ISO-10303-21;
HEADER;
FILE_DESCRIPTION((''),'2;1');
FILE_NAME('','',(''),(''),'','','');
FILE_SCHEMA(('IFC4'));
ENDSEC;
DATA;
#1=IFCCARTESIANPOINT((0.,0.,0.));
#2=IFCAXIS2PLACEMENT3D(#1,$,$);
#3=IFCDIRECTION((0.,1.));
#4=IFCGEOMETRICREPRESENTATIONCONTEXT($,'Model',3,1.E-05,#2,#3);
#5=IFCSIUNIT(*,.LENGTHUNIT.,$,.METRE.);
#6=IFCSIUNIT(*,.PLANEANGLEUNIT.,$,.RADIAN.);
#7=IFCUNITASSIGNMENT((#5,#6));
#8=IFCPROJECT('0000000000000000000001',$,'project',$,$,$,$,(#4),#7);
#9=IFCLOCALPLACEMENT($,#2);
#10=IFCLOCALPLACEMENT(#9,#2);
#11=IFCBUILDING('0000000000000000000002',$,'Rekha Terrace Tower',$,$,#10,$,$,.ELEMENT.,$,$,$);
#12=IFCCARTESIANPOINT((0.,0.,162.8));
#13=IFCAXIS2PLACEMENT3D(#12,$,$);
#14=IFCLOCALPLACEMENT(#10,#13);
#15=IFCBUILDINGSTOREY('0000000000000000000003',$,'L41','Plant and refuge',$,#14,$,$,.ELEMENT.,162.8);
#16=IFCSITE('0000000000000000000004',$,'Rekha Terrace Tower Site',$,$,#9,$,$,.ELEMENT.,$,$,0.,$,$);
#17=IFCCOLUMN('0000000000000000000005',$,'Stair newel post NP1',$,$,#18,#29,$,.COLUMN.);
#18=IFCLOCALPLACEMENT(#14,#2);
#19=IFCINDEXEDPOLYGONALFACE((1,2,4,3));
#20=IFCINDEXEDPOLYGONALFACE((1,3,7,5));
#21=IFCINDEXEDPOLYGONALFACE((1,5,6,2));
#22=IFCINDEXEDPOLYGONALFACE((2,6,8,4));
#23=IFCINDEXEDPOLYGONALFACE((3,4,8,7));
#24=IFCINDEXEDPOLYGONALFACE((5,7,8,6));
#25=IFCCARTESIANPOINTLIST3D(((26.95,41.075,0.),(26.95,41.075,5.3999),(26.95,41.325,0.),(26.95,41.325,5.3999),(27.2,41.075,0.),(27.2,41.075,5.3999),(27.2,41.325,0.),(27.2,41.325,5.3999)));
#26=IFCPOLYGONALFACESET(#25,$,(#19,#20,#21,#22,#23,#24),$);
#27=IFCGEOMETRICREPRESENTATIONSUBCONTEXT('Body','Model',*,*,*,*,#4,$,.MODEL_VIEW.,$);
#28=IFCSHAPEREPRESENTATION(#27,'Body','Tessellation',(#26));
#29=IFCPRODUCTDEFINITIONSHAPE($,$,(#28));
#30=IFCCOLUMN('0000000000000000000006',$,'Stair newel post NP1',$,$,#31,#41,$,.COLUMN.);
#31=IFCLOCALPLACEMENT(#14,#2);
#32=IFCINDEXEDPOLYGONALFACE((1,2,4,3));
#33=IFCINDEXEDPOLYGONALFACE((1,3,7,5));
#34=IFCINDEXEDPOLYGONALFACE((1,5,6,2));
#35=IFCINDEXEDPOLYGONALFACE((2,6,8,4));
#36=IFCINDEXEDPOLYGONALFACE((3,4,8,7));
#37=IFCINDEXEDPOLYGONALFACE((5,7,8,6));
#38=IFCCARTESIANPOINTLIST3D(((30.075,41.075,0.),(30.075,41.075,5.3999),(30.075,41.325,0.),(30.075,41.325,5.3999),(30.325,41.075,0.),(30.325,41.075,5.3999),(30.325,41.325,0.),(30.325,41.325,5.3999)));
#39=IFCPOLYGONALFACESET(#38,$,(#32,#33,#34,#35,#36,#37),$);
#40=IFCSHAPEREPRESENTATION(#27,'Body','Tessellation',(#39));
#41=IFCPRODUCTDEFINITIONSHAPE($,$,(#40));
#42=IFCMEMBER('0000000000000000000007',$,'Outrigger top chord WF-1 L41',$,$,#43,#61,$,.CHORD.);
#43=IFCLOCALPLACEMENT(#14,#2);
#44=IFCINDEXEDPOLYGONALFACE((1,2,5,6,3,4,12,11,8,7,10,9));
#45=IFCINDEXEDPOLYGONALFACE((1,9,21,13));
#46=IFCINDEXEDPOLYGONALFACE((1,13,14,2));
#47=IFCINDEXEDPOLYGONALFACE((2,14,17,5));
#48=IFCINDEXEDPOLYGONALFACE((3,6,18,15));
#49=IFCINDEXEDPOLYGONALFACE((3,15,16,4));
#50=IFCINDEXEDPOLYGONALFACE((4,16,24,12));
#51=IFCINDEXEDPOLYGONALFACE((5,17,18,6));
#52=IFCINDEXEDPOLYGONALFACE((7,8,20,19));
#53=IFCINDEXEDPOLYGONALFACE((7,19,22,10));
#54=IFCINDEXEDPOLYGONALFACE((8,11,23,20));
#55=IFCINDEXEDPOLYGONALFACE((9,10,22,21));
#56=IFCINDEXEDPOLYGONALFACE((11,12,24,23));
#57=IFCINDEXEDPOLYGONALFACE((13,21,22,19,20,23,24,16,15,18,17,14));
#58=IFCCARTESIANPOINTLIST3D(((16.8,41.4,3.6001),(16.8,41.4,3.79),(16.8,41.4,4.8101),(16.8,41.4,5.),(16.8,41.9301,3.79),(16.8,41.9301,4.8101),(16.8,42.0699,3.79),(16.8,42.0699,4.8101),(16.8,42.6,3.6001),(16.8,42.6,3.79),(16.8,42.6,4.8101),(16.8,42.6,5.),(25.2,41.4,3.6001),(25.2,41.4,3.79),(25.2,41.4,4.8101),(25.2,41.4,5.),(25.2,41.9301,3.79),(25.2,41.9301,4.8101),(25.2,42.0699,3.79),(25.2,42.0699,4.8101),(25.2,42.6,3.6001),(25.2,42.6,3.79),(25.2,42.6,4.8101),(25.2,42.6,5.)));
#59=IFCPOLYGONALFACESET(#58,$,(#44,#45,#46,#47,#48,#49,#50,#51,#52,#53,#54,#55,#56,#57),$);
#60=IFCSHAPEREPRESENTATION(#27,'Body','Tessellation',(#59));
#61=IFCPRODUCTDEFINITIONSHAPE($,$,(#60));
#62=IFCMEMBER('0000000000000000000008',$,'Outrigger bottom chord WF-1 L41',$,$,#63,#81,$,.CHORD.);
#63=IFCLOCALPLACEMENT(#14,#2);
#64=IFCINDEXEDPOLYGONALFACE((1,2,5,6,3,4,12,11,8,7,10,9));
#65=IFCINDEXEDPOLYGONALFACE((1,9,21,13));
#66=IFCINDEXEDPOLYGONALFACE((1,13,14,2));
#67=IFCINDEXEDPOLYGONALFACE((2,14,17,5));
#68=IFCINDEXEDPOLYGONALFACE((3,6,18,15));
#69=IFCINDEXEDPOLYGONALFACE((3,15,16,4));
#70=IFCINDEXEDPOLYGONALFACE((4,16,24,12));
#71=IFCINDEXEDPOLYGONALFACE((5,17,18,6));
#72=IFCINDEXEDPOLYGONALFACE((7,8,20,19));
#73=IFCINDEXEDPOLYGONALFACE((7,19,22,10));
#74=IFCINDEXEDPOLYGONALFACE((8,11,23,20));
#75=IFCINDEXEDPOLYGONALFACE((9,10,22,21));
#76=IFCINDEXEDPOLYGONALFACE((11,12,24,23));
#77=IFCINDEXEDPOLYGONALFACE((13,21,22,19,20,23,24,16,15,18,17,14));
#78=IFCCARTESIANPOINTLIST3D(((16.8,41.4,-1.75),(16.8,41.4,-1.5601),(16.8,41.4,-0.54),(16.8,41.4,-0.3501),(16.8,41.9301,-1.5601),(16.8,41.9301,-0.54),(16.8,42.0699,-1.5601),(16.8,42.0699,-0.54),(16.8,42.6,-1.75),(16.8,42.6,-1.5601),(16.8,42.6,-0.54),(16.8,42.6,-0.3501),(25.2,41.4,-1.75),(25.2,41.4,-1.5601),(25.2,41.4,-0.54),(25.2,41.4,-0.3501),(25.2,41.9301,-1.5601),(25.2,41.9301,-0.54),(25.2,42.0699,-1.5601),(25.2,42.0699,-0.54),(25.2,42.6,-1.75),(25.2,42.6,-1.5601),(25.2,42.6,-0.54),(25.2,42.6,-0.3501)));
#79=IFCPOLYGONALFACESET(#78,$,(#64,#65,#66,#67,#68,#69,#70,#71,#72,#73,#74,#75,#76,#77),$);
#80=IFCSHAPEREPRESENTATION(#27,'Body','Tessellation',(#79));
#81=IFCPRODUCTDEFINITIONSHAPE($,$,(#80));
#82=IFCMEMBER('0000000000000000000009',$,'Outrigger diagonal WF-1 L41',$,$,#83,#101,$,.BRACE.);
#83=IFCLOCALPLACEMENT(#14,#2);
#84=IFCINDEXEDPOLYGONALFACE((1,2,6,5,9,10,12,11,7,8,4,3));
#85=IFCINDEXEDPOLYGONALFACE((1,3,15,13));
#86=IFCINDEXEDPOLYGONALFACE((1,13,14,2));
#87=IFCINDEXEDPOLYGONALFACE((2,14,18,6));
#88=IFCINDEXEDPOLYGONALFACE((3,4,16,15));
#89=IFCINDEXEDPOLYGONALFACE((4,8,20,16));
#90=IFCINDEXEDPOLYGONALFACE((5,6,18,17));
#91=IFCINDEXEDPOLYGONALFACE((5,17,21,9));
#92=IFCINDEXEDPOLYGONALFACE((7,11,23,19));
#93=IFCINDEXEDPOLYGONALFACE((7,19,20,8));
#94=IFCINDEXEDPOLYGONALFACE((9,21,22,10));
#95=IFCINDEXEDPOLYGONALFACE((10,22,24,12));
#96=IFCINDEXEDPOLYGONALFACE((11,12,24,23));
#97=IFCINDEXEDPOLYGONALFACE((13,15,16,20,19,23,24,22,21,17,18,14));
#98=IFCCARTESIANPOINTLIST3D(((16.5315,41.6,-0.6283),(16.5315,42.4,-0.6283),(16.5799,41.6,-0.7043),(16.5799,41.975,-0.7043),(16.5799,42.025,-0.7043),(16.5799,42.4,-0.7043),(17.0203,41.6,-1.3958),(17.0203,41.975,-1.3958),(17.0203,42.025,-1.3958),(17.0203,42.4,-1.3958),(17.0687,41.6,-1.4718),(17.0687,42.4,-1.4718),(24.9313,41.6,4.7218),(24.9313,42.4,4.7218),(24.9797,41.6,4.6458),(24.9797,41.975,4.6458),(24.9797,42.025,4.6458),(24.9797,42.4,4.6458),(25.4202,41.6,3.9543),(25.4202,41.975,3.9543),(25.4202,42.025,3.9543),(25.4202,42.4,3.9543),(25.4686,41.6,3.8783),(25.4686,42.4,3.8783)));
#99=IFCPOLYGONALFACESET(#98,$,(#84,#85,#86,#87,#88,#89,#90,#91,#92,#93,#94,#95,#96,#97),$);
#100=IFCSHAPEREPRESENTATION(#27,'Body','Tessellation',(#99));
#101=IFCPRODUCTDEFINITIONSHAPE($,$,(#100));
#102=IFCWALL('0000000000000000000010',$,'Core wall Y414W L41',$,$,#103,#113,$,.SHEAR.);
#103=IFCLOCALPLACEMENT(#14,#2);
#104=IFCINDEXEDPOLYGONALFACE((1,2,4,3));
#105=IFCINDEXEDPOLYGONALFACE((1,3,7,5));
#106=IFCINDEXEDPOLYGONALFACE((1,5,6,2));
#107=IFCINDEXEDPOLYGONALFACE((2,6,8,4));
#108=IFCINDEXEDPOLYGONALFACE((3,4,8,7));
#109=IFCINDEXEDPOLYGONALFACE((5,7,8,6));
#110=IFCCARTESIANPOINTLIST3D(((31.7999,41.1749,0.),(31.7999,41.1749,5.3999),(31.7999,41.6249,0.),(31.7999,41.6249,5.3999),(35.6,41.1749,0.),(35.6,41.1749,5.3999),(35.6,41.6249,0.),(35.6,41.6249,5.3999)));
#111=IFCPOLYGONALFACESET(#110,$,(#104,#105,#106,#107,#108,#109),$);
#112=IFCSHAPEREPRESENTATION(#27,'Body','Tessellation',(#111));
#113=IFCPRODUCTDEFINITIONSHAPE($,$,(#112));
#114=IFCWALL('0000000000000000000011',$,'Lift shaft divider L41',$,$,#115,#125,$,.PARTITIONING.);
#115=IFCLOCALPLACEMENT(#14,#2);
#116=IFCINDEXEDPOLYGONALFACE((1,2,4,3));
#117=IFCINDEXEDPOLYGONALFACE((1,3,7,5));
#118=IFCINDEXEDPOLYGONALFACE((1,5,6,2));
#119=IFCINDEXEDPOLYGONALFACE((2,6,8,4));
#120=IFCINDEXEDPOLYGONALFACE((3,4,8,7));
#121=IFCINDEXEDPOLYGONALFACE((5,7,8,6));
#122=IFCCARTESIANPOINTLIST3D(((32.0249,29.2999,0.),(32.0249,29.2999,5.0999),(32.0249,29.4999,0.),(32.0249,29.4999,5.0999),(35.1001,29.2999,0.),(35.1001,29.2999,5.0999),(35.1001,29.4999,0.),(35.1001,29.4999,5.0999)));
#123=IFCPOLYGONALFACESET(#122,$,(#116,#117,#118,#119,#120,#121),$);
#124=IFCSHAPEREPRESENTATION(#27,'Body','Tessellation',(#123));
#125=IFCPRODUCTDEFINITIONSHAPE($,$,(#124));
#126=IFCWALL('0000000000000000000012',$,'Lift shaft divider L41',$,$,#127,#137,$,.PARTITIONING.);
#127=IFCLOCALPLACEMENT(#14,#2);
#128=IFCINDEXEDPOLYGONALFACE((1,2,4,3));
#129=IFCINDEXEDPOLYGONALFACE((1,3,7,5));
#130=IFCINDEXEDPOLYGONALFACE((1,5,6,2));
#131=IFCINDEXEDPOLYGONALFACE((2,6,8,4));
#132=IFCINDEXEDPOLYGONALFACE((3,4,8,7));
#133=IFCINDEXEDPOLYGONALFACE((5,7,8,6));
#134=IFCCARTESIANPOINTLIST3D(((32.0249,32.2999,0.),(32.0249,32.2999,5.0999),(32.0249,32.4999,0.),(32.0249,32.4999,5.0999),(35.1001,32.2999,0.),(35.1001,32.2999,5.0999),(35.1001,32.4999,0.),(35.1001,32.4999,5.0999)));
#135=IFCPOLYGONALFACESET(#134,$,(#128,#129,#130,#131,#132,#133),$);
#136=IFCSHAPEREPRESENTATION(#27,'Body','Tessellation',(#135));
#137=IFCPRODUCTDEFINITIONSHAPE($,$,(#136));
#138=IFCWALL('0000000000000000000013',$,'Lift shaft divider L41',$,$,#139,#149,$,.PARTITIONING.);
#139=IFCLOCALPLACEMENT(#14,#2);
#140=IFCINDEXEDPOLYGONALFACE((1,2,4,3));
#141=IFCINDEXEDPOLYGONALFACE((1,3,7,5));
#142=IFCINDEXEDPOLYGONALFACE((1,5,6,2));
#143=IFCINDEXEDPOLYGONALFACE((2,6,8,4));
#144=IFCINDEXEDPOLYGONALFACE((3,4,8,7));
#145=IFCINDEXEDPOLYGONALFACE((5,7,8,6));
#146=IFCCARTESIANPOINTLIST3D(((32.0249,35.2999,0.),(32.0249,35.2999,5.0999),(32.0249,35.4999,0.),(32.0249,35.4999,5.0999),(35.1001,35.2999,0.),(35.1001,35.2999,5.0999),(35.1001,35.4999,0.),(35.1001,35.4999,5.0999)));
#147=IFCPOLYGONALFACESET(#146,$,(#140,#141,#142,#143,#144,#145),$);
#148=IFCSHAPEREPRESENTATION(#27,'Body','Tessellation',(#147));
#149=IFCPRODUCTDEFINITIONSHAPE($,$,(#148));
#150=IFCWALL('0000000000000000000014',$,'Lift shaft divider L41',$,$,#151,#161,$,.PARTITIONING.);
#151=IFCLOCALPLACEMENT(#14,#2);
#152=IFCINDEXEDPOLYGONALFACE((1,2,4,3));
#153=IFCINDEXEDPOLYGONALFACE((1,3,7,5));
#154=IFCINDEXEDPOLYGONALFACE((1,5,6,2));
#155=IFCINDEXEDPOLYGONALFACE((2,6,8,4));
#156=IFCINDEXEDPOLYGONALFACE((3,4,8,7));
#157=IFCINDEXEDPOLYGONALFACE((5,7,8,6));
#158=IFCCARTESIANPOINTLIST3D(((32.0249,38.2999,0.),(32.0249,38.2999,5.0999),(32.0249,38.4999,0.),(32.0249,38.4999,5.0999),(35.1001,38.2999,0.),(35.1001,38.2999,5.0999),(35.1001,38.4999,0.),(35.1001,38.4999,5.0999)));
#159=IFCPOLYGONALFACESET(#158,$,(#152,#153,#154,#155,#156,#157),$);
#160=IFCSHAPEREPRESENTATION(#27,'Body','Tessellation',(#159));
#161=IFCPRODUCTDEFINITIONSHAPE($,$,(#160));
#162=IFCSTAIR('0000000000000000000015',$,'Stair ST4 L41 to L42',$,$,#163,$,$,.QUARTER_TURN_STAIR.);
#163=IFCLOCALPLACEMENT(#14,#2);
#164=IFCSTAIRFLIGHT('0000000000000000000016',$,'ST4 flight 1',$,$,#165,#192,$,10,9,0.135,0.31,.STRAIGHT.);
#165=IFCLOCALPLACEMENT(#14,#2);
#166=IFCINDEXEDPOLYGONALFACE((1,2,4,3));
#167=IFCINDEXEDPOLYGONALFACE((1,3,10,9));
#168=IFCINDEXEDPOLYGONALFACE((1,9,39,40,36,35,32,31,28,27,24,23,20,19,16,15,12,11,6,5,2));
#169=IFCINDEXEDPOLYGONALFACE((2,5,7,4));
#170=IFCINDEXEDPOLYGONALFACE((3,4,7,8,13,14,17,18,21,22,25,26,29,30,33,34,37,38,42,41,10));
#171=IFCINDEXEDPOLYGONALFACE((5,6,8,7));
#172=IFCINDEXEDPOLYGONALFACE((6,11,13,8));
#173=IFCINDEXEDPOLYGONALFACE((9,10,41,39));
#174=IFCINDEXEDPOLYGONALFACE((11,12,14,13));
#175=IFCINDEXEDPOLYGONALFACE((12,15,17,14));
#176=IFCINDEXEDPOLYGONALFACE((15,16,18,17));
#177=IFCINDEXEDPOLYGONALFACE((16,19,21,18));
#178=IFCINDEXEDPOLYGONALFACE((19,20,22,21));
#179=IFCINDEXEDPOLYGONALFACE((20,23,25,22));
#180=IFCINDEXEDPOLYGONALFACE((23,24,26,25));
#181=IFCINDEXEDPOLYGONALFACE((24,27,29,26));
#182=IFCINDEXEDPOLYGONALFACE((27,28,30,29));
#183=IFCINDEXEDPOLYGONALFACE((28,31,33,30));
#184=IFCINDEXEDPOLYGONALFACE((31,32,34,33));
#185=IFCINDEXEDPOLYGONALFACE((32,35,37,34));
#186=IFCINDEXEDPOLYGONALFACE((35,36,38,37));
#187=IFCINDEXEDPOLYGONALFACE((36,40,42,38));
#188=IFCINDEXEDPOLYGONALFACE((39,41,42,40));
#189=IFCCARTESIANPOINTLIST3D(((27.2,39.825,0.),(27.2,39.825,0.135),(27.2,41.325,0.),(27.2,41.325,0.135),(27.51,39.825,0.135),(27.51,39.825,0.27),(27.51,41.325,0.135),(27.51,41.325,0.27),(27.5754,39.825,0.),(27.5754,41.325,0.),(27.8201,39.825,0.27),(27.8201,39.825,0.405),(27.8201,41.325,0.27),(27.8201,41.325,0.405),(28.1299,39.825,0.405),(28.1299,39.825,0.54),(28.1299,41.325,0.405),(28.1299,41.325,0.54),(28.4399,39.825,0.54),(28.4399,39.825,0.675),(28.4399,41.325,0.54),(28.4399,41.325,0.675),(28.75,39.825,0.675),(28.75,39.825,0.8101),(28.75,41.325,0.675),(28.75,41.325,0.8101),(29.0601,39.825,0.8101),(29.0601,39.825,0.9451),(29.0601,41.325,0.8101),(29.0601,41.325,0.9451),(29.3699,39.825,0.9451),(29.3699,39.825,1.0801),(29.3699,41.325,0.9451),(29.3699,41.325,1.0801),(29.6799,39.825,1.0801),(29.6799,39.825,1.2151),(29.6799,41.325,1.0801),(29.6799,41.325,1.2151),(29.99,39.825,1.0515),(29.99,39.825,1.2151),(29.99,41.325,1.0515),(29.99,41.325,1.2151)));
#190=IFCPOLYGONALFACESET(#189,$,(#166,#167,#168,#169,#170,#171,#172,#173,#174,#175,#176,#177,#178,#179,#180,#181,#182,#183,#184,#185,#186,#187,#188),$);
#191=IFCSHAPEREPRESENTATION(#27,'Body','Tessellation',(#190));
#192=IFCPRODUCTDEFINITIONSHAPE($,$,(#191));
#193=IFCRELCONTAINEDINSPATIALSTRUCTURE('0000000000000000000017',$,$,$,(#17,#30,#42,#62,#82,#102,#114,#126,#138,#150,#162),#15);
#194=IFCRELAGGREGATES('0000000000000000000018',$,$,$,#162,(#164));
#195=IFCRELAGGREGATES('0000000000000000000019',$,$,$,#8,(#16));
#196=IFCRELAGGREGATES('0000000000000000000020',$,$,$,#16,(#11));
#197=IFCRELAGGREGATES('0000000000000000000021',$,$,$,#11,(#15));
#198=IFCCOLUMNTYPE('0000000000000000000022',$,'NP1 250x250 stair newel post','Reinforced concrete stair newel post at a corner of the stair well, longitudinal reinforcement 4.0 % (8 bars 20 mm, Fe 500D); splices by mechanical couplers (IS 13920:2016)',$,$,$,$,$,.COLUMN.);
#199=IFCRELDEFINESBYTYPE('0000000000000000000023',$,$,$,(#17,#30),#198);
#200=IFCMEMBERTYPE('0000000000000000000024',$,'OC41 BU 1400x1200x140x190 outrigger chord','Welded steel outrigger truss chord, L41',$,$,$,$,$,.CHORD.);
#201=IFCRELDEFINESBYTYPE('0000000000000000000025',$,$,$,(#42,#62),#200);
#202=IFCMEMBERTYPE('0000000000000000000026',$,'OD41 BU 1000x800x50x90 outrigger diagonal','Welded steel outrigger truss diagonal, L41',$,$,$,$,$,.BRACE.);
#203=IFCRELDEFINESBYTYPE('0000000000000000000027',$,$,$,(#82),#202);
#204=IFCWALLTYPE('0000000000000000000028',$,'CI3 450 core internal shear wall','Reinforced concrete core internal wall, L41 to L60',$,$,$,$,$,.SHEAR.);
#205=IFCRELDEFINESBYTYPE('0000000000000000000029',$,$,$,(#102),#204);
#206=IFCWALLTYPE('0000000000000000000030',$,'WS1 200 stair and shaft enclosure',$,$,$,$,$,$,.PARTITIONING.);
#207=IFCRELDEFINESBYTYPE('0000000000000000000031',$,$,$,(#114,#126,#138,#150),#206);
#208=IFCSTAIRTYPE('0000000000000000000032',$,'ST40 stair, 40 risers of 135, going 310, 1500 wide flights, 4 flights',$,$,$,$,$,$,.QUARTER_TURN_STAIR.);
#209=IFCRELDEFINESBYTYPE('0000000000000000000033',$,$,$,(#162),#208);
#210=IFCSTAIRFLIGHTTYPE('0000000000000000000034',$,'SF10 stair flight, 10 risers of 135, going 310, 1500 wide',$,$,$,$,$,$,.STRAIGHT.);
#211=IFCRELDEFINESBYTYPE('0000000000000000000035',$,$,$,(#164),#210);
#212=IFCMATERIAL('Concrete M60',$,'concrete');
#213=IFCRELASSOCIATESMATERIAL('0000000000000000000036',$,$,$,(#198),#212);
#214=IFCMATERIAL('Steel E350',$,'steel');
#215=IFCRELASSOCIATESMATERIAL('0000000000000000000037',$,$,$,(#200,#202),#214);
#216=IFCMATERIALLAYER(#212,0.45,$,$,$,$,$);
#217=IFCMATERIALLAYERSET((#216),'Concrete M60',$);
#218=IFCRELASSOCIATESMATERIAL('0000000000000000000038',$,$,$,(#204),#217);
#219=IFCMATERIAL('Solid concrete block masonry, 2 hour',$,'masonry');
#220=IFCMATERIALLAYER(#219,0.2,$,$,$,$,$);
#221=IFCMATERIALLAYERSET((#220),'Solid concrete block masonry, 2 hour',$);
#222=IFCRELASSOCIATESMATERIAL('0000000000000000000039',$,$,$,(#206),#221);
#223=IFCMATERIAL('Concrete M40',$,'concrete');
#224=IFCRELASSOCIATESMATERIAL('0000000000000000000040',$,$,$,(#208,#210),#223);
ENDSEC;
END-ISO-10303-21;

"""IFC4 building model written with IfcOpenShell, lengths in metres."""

from ifc_helpers import new_model, si_unit, direction, frame, frame_2d, origin, origin_2d, place, context, subcontext, project, spatial, polyline, rectangle, i_section, outline, extrude, material, layer, layer_set, material_profile, profile_set, type_object, element, aggregate, save


model = new_model("IFC4")

# Units and contexts
model_context = context("Model", 3, precision=1e-05, world=origin(), true_north=direction((0.0, 1.0)))
body_context = subcontext(model_context, "Body", "Model", "MODEL_VIEW")
ifc_project = project(units=[si_unit("LENGTHUNIT", "METRE"), si_unit("PLANEANGLEUNIT", "RADIAN")], contexts=[model_context])

# Site, building, storey
site_placement = place(None, origin())
site = spatial("IfcSite", under=ifc_project, at=site_placement, Name="Rekha Terrace Tower Site", CompositionType="ELEMENT", RefElevation=0.0)
building_placement = place(site_placement, origin())
building = spatial("IfcBuilding", under=site, at=building_placement, Name="Rekha Terrace Tower", CompositionType="ELEMENT")
storey_placement = place(building_placement, frame((0.0, 0.0, 162.8)))
storey = spatial("IfcBuildingStorey", under=building, at=storey_placement, Name="L41", Description="Plant and refuge", CompositionType="ELEMENT", Elevation=162.8)

# Columns
ifc_material_1 = material(Name="Concrete M60", Category="concrete")
ifc_material_profile_1 = material_profile(ifc_material_1, rectangle(XDim=0.25, YDim=0.25, at=origin_2d()), Name="RC 250x250")
ifc_profile_set_1 = profile_set([ifc_material_profile_1], Name="Concrete M60")
column_type = type_object("IfcColumnType", Name="NP1 250x250 stair newel post", Description="Reinforced concrete stair newel post at a corner of the stair well, longitudinal reinforcement 4.0 % (8 bars 20 mm, Fe 500D); splices by mechanical couplers (IS 13920:2016)", PredefinedType="COLUMN", material=ifc_profile_set_1)
for number, where, z_axis, x_axis, name in (
    (1, (27.075, 41.2, 0.0), (0.0, 0.0, 1.0), (1.0, 0.0, 0.0), "Stair newel post NP1"),
    (2, (30.2, 41.2, 0.0), (0.0, 0.0, 1.0), (1.0, 0.0, 0.0), "Stair newel post NP1"),
):
    element("IfcColumn", number, at=place(storey_placement, frame(where, z_axis=z_axis, x_axis=x_axis)), inside=storey, type_object=column_type, Name=name, PredefinedType="COLUMN", context=body_context, shape_type="SweptSolid", body=[
        extrude(rectangle(XDim=0.25, YDim=0.25, at=origin_2d()), origin(), (0.0, 0.0, 1.0), 5.3999),
    ])

# Members
ifc_material_2 = material(Name="Steel E350", Category="steel")
ifc_material_profile_2 = material_profile(ifc_material_2, i_section(OverallWidth=1.2, OverallDepth=1.3999, WebThickness=0.1399, FlangeThickness=0.1899, at=origin_2d()), Name="BU 1400x1200x140x190")
ifc_profile_set_2 = profile_set([ifc_material_profile_2], Name="Steel E350")
member_type_1 = type_object("IfcMemberType", Name="OC41 BU 1400x1200x140x190 outrigger chord", Description="Welded steel outrigger truss chord, L41", PredefinedType="CHORD", material=ifc_profile_set_2)
for number, where, z_axis, x_axis, name in (
    (3, (25.2, 42.0, 4.3), (-1.0, 0.0, 0.0), (0.0, -1.0, 0.0), "Outrigger top chord WF-1 L41"),
    (4, (25.2, 42.0, -1.05), (-1.0, 0.0, 0.0), (0.0, -1.0, 0.0), "Outrigger bottom chord WF-1 L41"),
):
    element("IfcMember", number, at=place(storey_placement, frame(where, z_axis=z_axis, x_axis=x_axis)), inside=storey, type_object=member_type_1, Name=name, PredefinedType="CHORD", context=body_context, shape_type="SweptSolid", body=[
        extrude(i_section(OverallWidth=1.2, OverallDepth=1.3999, WebThickness=0.1399, FlangeThickness=0.1899, at=origin_2d()), origin(), (0.0, 0.0, 1.0), 8.3999),
    ])
ifc_material_profile_3 = material_profile(ifc_material_2, i_section(OverallWidth=0.8, OverallDepth=1.0, WebThickness=0.05, FlangeThickness=0.0901, at=origin_2d()), Name="BU 1000x800x50x90")
ifc_profile_set_3 = profile_set([ifc_material_profile_3], Name="Steel E350")
member_type_2 = type_object("IfcMemberType", Name="OD41 BU 1000x800x50x90 outrigger diagonal", Description="Welded steel outrigger truss diagonal, L41", PredefinedType="BRACE", material=ifc_profile_set_3)
member_placement = place(storey_placement, frame((25.2, 42.0, 4.3), z_axis=(-0.843447, 0.0, -0.537212), x_axis=(0.0, -1.0, 0.0)))
element("IfcMember", 5, at=member_placement, inside=storey, type_object=member_type_2, Name="Outrigger diagonal WF-1 L41", PredefinedType="BRACE", context=body_context, shape_type="SweptSolid", body=[
    extrude(i_section(OverallWidth=0.8, OverallDepth=1.0, WebThickness=0.05, FlangeThickness=0.0901, at=origin_2d()), origin(), (0.0, 0.0, 1.0), 9.959),
])

# Walls
ifc_layer_1 = layer(ifc_material_1, 0.45)
ifc_layer_set_1 = layer_set([ifc_layer_1], Name="Concrete M60")
wall_type_1 = type_object("IfcWallType", Name="CI3 450 core internal shear wall", Description="Reinforced concrete core internal wall, L41 to L60", PredefinedType="SHEAR", material=ifc_layer_set_1)
wall_placement = place(storey_placement, frame((31.8, 41.3999, 0.0), z_axis=(0.0, 0.0, 1.0), x_axis=(1.0, 0.0, 0.0)))
element("IfcWall", 6, at=wall_placement, inside=storey, type_object=wall_type_1, Name="Core wall Y414W L41", PredefinedType="SHEAR", context=body_context, shape_type="SweptSolid", body=[
    extrude(rectangle(XDim=3.8, YDim=0.45, at=frame_2d((1.8999, 0.0))), origin(), (0.0, 0.0, 1.0), 5.3999),
])
ifc_material_3 = material(Name="Solid concrete block masonry, 2 hour", Category="masonry")
ifc_layer_2 = layer(ifc_material_3, 0.2)
ifc_layer_set_2 = layer_set([ifc_layer_2], Name="Solid concrete block masonry, 2 hour")
wall_type_2 = type_object("IfcWallType", Name="WS1 200 stair and shaft enclosure", PredefinedType="PARTITIONING", material=ifc_layer_set_2)
for number, where, z_axis, x_axis, name in (
    (7, (32.0249, 29.3999, 0.0), (0.0, 0.0, 1.0), (1.0, 0.0, 0.0), "Lift shaft divider L41"),
    (8, (32.0249, 32.3999, 0.0), (0.0, 0.0, 1.0), (1.0, 0.0, 0.0), "Lift shaft divider L41"),
    (9, (32.0249, 35.3999, 0.0), (0.0, 0.0, 1.0), (1.0, 0.0, 0.0), "Lift shaft divider L41"),
    (10, (32.0249, 38.3999, 0.0), (0.0, 0.0, 1.0), (1.0, 0.0, 0.0), "Lift shaft divider L41"),
):
    element("IfcWall", number, at=place(storey_placement, frame(where, z_axis=z_axis, x_axis=x_axis)), inside=storey, type_object=wall_type_2, Name=name, PredefinedType="PARTITIONING", context=body_context, shape_type="SweptSolid", body=[
        extrude(rectangle(XDim=3.0752, YDim=0.2, at=frame_2d((1.5376, 0.0))), origin(), (0.0, 0.0, 1.0), 5.0999),
    ])

# Stair, stair flight
ifc_material_4 = material(Name="Concrete M40", Category="concrete")
stair_type = type_object("IfcStairType", Name="ST40 stair, 40 risers of 135, going 310, 1500 wide flights, 4 flights", PredefinedType="QUARTER_TURN_STAIR", material=ifc_material_4)
stair_placement = place(storey_placement, origin())
stair = element("IfcStair", 11, at=stair_placement, inside=storey, type_object=stair_type, Name="Stair ST4 L41 to L42", PredefinedType="QUARTER_TURN_STAIR")
stair_flight_type = type_object("IfcStairFlightType", Name="SF10 stair flight, 10 risers of 135, going 310, 1500 wide", PredefinedType="STRAIGHT", material=ifc_material_4)
stair_flight_1_placement = place(storey_placement, frame((27.2, 40.575, 0.0), z_axis=(0.0, 0.0, 1.0), x_axis=(1.0, 0.0, 0.0)))
stair_flight_1 = element("IfcStairFlight", 12, at=stair_flight_1_placement, type_object=stair_flight_type, Name="ST4 flight 1", NumberOfRisers=10, NumberOfTreads=9, PredefinedType="STRAIGHT", RiserHeight=0.135, TreadLength=0.31, context=body_context, shape_type="SweptSolid", body=[
    extrude(outline(polyline([(0.0, 0.0), (0.0, 0.135), (0.3101, 0.135), (0.3101, 0.27), (0.6201, 0.27), (0.6201, 0.405), (0.9299, 0.405), (0.9299, 0.54), (1.24, 0.54), (1.24, 0.675), (1.55, 0.675), (1.55, 0.8101), (1.8601, 0.8101), (1.8601, 0.9451), (2.1699, 0.9451), (2.1699, 1.0801), (2.48, 1.0801), (2.48, 1.2151), (2.79, 1.2151), (2.79, 1.3501), (2.79, 1.0515), (0.3755, 0.0), (0.0, 0.0)])), frame((0.0, 0.75, 0.0), z_axis=(0.0, -1.0, 0.0), x_axis=(1.0, 0.0, 0.0)), (0.0, 0.0, 1.0), 1.5),
])
aggregate(stair, [stair_flight_1])

save(model, "model.ifc")
